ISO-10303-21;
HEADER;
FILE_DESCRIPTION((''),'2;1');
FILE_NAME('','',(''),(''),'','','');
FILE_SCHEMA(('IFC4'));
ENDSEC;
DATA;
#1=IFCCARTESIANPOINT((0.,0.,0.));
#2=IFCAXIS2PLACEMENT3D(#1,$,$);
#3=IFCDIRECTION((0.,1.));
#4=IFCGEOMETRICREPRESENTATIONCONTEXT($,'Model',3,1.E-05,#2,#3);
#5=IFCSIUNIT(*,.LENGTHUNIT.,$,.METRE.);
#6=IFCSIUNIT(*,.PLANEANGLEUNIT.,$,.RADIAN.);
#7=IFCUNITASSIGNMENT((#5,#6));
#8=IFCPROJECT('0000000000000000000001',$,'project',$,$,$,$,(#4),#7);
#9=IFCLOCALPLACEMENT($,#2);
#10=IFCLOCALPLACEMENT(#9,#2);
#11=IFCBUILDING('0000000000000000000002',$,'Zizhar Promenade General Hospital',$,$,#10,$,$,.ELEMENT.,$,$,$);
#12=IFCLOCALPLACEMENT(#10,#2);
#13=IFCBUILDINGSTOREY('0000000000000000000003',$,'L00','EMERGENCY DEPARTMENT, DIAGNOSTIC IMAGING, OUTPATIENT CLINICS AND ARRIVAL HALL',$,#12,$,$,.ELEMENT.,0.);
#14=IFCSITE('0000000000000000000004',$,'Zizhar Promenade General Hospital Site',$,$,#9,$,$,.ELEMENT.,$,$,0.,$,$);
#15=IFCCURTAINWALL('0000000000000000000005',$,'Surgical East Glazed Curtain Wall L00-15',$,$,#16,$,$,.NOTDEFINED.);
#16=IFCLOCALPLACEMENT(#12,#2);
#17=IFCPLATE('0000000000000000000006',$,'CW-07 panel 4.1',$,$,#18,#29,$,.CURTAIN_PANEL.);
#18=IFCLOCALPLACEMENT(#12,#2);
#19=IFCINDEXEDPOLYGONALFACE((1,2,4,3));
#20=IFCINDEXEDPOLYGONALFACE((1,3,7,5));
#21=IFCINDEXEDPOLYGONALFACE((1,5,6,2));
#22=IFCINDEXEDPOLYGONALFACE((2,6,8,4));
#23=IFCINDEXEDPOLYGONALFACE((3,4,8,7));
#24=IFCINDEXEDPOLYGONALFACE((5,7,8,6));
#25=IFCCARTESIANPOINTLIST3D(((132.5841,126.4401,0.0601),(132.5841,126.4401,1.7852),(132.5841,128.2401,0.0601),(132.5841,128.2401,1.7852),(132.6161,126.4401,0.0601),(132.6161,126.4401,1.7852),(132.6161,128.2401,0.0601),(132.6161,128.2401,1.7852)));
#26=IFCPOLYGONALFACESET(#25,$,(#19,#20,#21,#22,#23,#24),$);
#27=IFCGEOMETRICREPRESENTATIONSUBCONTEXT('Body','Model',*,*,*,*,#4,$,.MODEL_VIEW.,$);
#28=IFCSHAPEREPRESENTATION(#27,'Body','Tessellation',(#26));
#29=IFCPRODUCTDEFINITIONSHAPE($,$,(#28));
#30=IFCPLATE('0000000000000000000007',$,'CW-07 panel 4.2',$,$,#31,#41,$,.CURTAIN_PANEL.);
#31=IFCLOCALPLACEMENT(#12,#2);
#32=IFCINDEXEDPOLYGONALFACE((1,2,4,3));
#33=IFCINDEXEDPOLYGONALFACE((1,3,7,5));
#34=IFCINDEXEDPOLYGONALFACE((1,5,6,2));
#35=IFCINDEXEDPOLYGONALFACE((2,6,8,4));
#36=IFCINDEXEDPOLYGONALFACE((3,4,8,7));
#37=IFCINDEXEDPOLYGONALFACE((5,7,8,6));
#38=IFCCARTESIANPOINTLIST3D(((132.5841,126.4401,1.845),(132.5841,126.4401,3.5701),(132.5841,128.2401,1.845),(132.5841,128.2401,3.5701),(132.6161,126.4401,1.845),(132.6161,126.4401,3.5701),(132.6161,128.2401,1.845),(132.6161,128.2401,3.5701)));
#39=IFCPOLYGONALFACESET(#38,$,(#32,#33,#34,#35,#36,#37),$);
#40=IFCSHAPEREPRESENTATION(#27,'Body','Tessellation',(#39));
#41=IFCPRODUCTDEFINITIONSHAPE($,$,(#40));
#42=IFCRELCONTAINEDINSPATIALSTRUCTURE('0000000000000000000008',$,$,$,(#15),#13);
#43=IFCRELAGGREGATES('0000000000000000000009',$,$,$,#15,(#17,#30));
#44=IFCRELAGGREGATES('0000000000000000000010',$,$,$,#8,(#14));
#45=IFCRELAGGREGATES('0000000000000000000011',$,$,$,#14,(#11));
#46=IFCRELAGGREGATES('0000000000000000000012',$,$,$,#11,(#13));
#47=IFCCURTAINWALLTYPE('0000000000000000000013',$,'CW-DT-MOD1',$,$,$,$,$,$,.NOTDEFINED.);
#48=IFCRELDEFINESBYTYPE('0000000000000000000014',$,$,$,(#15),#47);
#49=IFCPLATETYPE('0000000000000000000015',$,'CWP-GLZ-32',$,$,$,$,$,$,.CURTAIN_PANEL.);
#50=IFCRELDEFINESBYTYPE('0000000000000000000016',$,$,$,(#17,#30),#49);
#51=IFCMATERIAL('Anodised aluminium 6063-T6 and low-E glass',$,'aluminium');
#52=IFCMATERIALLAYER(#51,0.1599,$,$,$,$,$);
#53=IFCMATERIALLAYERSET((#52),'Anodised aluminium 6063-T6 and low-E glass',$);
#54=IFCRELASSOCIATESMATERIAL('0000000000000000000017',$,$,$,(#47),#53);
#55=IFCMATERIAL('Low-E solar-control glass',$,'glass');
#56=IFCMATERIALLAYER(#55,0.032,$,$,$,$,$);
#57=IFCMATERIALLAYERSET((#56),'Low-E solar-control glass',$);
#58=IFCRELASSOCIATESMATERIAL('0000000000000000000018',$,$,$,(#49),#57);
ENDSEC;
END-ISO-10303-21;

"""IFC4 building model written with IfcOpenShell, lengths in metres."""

from ifc_helpers import new_model, si_unit, direction, frame, origin, origin_2d, place, context, subcontext, project, spatial, rectangle, extrude, material, layer, layer_set, type_object, element, aggregate, save


model = new_model("IFC4")

# Units and contexts
model_context = context("Model", 3, precision=1e-05, world=origin(), true_north=direction((0.0, 1.0)))
body_context = subcontext(model_context, "Body", "Model", "MODEL_VIEW")
ifc_project = project(units=[si_unit("LENGTHUNIT", "METRE"), si_unit("PLANEANGLEUNIT", "RADIAN")], contexts=[model_context])

# Site, building, storey
site_placement = place(None, origin())
site = spatial("IfcSite", under=ifc_project, at=site_placement, Name="Zizhar Promenade General Hospital Site", CompositionType="ELEMENT", RefElevation=0.0)
building_placement = place(site_placement, origin())
building = spatial("IfcBuilding", under=site, at=building_placement, Name="Zizhar Promenade General Hospital", CompositionType="ELEMENT")
storey_placement = place(building_placement, origin())
storey = spatial("IfcBuildingStorey", under=building, at=storey_placement, Name="L00", Description="EMERGENCY DEPARTMENT, DIAGNOSTIC IMAGING, OUTPATIENT CLINICS AND ARRIVAL HALL", CompositionType="ELEMENT", Elevation=0.0)

# Curtain wall
ifc_material_1 = material(Name="Anodised aluminium 6063-T6 and low-E glass", Category="aluminium")
ifc_layer_1 = layer(ifc_material_1, 0.1599)
ifc_layer_set_1 = layer_set([ifc_layer_1], Name="Anodised aluminium 6063-T6 and low-E glass")
curtain_wall_type = type_object("IfcCurtainWallType", Name="CW-DT-MOD1", PredefinedType="NOTDEFINED", material=ifc_layer_set_1)
curtain_wall_1_placement = place(storey_placement, origin())
curtain_wall_1 = element("IfcCurtainWall", 1, at=curtain_wall_1_placement, inside=storey, type_object=curtain_wall_type, Name="Surgical East Glazed Curtain Wall L00-15", PredefinedType="NOTDEFINED")

# Plates
ifc_material_2 = material(Name="Low-E solar-control glass", Category="glass")
ifc_layer_2 = layer(ifc_material_2, 0.032)
ifc_layer_set_2 = layer_set([ifc_layer_2], Name="Low-E solar-control glass")
plate_type = type_object("IfcPlateType", Name="CWP-GLZ-32", PredefinedType="CURTAIN_PANEL", material=ifc_layer_set_2)
plate_1_placement = place(storey_placement, frame((132.6001, 127.3401, 0.0601), z_axis=(0.0, 0.0, 1.0), x_axis=(0.0, -1.0, 0.0)))
plate_1 = element("IfcPlate", 2, at=plate_1_placement, type_object=plate_type, Name="CW-07 panel 4.1", PredefinedType="CURTAIN_PANEL", context=body_context, shape_type="SweptSolid", body=[
    extrude(rectangle(XDim=1.8, YDim=0.032, at=origin_2d()), origin(), (0.0, 0.0, 1.0), 1.7251),
])
plate_2_placement = place(storey_placement, frame((132.6001, 127.3401, 1.845), z_axis=(0.0, 0.0, 1.0), x_axis=(0.0, -1.0, 0.0)))
plate_2 = element("IfcPlate", 3, at=plate_2_placement, type_object=plate_type, Name="CW-07 panel 4.2", PredefinedType="CURTAIN_PANEL", context=body_context, shape_type="SweptSolid", body=[
    extrude(rectangle(XDim=1.8, YDim=0.032, at=origin_2d()), origin(), (0.0, 0.0, 1.0), 1.7251),
])
aggregate(curtain_wall_1, [plate_1, plate_2])

save(model, "model.ifc")
